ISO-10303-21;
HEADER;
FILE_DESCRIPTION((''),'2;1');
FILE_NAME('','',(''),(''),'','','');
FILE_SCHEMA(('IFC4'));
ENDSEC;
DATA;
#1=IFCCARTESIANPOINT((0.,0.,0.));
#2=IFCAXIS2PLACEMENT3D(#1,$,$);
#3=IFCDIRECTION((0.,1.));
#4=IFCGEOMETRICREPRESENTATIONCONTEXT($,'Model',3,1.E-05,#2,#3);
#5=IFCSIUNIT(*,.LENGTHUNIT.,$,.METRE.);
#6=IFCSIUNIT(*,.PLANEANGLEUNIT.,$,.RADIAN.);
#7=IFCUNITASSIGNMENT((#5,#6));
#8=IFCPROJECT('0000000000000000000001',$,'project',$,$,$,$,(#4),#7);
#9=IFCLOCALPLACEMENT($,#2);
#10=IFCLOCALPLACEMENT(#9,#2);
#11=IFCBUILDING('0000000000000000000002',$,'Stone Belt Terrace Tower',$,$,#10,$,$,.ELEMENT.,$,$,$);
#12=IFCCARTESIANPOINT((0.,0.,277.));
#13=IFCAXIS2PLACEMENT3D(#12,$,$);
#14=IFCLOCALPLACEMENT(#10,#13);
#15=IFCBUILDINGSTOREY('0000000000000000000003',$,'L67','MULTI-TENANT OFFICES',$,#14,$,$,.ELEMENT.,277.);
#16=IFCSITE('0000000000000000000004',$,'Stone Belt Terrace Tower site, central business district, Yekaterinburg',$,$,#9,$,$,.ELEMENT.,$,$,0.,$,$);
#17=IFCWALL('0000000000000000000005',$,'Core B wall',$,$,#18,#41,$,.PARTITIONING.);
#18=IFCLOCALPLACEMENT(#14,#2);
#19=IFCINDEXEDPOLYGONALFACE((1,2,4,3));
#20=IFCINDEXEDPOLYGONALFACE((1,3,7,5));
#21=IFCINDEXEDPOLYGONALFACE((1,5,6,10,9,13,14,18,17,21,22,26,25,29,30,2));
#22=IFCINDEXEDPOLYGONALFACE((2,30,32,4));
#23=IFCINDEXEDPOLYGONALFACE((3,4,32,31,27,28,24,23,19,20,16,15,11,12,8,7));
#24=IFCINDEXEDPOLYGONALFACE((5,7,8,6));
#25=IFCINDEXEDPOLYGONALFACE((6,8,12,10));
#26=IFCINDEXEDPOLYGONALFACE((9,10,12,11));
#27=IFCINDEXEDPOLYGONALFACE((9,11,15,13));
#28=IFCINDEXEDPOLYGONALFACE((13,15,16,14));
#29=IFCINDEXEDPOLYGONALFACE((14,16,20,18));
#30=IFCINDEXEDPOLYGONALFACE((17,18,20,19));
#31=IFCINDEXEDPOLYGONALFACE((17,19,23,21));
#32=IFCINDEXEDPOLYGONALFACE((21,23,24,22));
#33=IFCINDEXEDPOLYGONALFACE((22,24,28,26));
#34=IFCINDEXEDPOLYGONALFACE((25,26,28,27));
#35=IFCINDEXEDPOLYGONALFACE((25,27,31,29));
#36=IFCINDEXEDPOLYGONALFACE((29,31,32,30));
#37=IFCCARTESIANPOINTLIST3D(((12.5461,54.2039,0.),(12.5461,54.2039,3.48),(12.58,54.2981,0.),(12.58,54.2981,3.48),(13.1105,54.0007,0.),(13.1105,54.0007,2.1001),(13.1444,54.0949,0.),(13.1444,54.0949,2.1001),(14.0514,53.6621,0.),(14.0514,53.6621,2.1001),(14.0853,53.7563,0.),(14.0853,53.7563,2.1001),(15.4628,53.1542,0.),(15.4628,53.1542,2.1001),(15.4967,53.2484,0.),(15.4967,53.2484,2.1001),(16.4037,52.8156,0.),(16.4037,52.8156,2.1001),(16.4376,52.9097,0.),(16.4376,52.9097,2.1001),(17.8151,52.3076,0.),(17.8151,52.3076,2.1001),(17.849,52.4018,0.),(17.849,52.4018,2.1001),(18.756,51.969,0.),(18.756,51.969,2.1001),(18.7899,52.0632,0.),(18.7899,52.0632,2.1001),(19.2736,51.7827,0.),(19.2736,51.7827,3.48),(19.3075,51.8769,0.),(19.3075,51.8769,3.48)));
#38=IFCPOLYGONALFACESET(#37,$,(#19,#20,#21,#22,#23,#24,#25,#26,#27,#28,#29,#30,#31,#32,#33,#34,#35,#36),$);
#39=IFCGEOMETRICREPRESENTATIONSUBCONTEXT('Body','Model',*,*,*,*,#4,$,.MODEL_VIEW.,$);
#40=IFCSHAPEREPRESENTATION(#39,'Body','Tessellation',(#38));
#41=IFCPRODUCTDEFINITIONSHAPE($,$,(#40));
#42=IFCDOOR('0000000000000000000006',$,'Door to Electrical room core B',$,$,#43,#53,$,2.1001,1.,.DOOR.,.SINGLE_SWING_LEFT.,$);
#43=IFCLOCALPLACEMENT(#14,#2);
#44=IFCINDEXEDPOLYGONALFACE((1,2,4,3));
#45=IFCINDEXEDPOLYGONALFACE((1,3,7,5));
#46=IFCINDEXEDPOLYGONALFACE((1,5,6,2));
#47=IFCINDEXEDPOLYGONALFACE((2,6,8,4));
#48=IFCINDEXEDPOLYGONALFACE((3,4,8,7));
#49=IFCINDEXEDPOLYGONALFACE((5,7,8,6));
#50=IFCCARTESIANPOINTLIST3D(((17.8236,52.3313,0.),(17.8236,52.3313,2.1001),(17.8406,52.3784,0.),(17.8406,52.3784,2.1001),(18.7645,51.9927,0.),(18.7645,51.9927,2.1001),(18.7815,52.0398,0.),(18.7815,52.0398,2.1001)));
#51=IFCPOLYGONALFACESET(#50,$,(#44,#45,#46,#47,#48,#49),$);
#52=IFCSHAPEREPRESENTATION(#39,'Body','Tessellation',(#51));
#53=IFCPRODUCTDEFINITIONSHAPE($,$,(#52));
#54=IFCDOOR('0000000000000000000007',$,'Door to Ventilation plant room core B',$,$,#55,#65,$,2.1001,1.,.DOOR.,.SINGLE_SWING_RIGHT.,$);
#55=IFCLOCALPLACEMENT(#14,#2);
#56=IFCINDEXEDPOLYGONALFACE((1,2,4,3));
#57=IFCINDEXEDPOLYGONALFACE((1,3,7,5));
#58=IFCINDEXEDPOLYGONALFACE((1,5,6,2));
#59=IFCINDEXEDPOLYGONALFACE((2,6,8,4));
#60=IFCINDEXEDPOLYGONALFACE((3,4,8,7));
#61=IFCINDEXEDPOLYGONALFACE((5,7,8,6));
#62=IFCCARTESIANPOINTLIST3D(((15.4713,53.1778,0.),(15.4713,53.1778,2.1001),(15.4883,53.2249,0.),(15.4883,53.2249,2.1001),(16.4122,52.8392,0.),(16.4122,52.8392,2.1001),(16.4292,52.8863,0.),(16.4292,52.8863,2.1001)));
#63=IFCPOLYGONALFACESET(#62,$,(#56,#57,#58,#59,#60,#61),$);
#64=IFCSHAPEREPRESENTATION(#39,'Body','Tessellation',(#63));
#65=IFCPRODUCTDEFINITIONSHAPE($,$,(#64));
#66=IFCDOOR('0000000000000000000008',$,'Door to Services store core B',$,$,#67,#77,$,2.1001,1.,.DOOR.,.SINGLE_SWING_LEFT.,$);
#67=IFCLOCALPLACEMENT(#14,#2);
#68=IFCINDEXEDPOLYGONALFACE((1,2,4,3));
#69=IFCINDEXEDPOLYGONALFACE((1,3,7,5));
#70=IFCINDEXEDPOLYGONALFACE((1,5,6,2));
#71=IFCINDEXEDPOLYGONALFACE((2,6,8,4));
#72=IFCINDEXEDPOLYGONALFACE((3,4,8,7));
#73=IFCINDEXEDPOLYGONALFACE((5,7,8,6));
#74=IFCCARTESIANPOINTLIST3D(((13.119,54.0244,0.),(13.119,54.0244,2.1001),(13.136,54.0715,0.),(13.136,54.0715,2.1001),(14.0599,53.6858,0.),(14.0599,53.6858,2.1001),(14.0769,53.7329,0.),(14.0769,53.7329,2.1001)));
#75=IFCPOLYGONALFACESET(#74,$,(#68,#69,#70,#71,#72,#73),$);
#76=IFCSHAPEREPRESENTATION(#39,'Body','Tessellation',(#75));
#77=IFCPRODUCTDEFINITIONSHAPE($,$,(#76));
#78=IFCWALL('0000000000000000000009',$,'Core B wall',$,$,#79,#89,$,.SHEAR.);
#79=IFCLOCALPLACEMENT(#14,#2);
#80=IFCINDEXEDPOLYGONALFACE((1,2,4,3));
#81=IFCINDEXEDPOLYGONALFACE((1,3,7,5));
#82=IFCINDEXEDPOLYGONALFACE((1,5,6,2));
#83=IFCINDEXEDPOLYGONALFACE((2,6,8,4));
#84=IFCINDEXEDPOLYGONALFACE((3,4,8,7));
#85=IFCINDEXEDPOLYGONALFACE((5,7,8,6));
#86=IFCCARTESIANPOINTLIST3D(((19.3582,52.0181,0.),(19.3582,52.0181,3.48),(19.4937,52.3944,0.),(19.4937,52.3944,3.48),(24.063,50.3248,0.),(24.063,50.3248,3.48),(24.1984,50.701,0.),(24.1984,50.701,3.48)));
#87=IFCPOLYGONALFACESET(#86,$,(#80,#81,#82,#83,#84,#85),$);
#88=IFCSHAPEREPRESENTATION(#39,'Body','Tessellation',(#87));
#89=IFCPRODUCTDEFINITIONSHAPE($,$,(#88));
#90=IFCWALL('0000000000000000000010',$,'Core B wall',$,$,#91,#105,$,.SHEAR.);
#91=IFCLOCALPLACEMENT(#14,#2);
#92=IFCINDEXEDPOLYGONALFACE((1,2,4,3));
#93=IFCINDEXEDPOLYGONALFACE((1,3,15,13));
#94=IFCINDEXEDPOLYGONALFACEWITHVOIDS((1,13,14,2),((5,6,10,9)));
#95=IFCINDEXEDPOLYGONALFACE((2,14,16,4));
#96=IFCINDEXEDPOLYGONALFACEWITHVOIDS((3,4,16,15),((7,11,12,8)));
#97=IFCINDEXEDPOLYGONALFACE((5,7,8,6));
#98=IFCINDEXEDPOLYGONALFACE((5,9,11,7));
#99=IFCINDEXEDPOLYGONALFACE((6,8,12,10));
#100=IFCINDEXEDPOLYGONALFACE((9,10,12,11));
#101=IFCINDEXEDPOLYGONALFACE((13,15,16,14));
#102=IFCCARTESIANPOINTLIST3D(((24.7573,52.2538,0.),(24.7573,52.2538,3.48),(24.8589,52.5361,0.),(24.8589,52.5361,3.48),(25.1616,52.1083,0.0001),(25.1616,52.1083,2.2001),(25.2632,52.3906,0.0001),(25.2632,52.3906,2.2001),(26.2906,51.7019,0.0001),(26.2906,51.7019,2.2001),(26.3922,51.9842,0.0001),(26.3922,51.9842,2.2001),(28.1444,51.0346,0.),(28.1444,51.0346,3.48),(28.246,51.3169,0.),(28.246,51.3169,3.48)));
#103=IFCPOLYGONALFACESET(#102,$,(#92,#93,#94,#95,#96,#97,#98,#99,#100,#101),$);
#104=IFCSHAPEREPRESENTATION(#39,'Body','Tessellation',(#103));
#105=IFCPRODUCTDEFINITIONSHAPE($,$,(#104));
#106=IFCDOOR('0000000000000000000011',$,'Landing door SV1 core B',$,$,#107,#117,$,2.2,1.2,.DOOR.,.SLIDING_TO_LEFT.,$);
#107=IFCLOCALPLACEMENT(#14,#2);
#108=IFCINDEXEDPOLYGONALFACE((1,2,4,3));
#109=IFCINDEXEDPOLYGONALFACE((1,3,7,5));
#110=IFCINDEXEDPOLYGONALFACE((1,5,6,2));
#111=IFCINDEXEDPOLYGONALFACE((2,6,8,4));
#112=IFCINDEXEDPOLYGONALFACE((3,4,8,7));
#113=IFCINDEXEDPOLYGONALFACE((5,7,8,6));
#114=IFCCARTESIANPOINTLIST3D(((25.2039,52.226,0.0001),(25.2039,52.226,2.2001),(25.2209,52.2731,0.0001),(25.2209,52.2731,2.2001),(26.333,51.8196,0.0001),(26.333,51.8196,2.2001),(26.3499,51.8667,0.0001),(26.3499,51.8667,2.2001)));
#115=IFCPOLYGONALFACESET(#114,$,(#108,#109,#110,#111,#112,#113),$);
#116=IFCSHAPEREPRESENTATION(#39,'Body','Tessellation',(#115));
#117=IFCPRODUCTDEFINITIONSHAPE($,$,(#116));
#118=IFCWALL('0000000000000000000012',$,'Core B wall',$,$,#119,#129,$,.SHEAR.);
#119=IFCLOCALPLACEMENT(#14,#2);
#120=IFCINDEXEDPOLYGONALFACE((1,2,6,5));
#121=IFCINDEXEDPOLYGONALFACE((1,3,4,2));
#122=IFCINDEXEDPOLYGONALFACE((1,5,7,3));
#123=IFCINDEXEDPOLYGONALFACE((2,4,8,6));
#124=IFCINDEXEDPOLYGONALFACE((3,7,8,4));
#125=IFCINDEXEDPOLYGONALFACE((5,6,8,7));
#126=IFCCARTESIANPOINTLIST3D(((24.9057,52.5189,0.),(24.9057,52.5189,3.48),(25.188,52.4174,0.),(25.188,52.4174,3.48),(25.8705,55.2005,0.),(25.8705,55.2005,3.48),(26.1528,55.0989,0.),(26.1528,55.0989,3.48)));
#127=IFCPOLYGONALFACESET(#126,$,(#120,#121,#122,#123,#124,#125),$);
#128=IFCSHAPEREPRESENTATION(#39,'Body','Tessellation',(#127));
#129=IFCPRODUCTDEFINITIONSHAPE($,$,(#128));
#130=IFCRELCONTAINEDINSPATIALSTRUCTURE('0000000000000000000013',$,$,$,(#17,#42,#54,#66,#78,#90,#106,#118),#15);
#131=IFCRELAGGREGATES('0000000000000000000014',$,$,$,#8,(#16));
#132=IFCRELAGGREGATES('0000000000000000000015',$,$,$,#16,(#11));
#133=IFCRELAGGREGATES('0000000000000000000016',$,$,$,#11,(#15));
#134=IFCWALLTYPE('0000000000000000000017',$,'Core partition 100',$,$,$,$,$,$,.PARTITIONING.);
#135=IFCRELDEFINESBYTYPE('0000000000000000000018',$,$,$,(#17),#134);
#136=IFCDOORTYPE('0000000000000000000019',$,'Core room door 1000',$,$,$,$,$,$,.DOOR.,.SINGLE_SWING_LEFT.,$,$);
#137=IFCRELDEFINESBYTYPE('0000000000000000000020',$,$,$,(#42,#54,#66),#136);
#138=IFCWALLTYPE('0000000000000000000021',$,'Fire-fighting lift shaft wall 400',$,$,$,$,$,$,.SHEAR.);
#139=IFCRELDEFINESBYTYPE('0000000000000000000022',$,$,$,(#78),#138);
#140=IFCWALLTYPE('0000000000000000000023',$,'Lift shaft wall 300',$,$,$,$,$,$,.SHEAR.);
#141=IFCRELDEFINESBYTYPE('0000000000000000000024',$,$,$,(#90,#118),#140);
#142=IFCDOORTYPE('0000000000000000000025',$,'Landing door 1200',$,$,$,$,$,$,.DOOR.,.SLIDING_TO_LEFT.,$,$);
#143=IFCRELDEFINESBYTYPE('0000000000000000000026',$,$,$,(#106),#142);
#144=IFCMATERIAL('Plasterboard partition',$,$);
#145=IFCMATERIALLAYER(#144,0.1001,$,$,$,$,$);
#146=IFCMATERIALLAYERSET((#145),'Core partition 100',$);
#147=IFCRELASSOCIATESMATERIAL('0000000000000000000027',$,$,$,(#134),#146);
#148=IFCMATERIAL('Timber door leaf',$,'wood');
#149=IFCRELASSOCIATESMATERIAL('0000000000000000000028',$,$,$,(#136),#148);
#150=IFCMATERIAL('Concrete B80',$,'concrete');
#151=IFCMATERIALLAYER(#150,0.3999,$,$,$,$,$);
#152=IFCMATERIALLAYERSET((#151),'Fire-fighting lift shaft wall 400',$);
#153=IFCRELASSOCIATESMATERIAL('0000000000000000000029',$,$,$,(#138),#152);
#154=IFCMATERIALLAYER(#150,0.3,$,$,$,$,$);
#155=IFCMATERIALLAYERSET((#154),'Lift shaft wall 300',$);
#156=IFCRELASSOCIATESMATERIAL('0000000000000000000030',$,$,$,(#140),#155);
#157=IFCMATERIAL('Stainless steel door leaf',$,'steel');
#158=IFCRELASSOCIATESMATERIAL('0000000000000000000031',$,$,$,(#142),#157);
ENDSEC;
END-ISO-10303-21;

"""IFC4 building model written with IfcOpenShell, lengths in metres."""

from ifc_helpers import new_model, si_unit, direction, frame, frame_2d, origin, place, context, subcontext, project, spatial, rectangle, extrude, material, layer, layer_set, type_object, element, fill, save


model = new_model("IFC4")

# Units and contexts
model_context = context("Model", 3, precision=1e-05, world=origin(), true_north=direction((0.0, 1.0)))
body_context = subcontext(model_context, "Body", "Model", "MODEL_VIEW")
ifc_project = project(units=[si_unit("LENGTHUNIT", "METRE"), si_unit("PLANEANGLEUNIT", "RADIAN")], contexts=[model_context])

# Site, building, storey
site_placement = place(None, origin())
site = spatial("IfcSite", under=ifc_project, at=site_placement, Name="Stone Belt Terrace Tower site, central business district, Yekaterinburg", CompositionType="ELEMENT", RefElevation=0.0)
building_placement = place(site_placement, origin())
building = spatial("IfcBuilding", under=site, at=building_placement, Name="Stone Belt Terrace Tower", CompositionType="ELEMENT")
storey_placement = place(building_placement, frame((0.0, 0.0, 277.0)))
storey = spatial("IfcBuildingStorey", under=building, at=storey_placement, Name="L67", Description="MULTI-TENANT OFFICES", CompositionType="ELEMENT", Elevation=277.0)

# Shared definitions
ifc_material_1 = material(Name="Plasterboard partition")
ifc_layer_1 = layer(ifc_material_1, 0.1001)
ifc_layer_set_1 = layer_set([ifc_layer_1], Name="Core partition 100")
wall_type_1 = type_object("IfcWallType", Name="Core partition 100", PredefinedType="PARTITIONING", material=ifc_layer_set_1)
ifc_material_2 = material(Name="Timber door leaf", Category="wood")
door_type_1 = type_object("IfcDoorType", Name="Core room door 1000", OperationType="SINGLE_SWING_LEFT", PredefinedType="DOOR", material=ifc_material_2)

# Wall, openings, doors
wall_1_placement = place(storey_placement, frame((19.2905, 51.8298, 0.0), z_axis=(0.0, 0.0, 1.0), x_axis=(-0.940922, 0.338624, 0.0)))
wall_1 = element("IfcWall", 1, at=wall_1_placement, inside=storey, type_object=wall_type_1, Name="Core B wall", PredefinedType="PARTITIONING", context=body_context, shape_type="SweptSolid", body=[
    extrude(rectangle(XDim=7.1499, YDim=0.1001, at=frame_2d((3.575, 0.0))), origin(), (0.0, 0.0, 1.0), 3.48),
])
opening_1_placement = place(wall_1_placement, frame((0.55, 0.0, 0.0)))
opening_1 = element("IfcOpeningElement", 2, at=opening_1_placement, cuts=wall_1, PredefinedType="OPENING", context=body_context, shape_type="SweptSolid", body=[
    extrude(rectangle(XDim=1.0, YDim=2.1001, at=frame_2d((0.5, 1.05))), frame((0.0, 0.0601, 0.0), z_axis=(0.0, -1.0, 0.0), x_axis=(1.0, 0.0, 0.0)), (0.0, 0.0, 1.0), 0.1201),
])
opening_2_placement = place(wall_1_placement, frame((3.05, 0.0, 0.0)))
opening_2 = element("IfcOpeningElement", 3, at=opening_2_placement, cuts=wall_1, PredefinedType="OPENING", context=body_context, shape_type="SweptSolid", body=[
    extrude(rectangle(XDim=1.0, YDim=2.1001, at=frame_2d((0.5, 1.05))), frame((0.0, 0.0601, 0.0), z_axis=(0.0, -1.0, 0.0), x_axis=(1.0, 0.0, 0.0)), (0.0, 0.0, 1.0), 0.1201),
])
opening_3_placement = place(wall_1_placement, frame((5.55, 0.0, 0.0)))
opening_3 = element("IfcOpeningElement", 4, at=opening_3_placement, cuts=wall_1, PredefinedType="OPENING", context=body_context, shape_type="SweptSolid", body=[
    extrude(rectangle(XDim=1.0, YDim=2.1001, at=frame_2d((0.5, 1.05))), frame((0.0, 0.0601, 0.0), z_axis=(0.0, -1.0, 0.0), x_axis=(1.0, 0.0, 0.0)), (0.0, 0.0, 1.0), 0.1201),
])
door_1_placement = place(opening_1_placement, origin())
door_1 = element("IfcDoor", 5, at=door_1_placement, inside=storey, type_object=door_type_1, Name="Door to Electrical room core B", OperationType="SINGLE_SWING_LEFT", OverallHeight=2.1001, OverallWidth=1.0, PredefinedType="DOOR", context=body_context, shape_type="SweptSolid", body=[
    extrude(rectangle(XDim=1.0, YDim=2.1001, at=frame_2d((0.5, 1.05))), frame((0.0, 0.0249, 0.0), z_axis=(0.0, -1.0, 0.0), x_axis=(1.0, 0.0, 0.0)), (0.0, 0.0, 1.0), 0.05),
])
fill(opening_1, door_1)
door_2_placement = place(opening_2_placement, origin())
door_2 = element("IfcDoor", 6, at=door_2_placement, inside=storey, type_object=door_type_1, Name="Door to Ventilation plant room core B", OperationType="SINGLE_SWING_RIGHT", OverallHeight=2.1001, OverallWidth=1.0, PredefinedType="DOOR", context=body_context, shape_type="SweptSolid", body=[
    extrude(rectangle(XDim=1.0, YDim=2.1001, at=frame_2d((0.5, 1.05))), frame((0.0, 0.0249, 0.0), z_axis=(0.0, -1.0, 0.0), x_axis=(1.0, 0.0, 0.0)), (0.0, 0.0, 1.0), 0.05),
])
fill(opening_2, door_2)
door_3_placement = place(opening_3_placement, origin())
door_3 = element("IfcDoor", 7, at=door_3_placement, inside=storey, type_object=door_type_1, Name="Door to Services store core B", OperationType="SINGLE_SWING_LEFT", OverallHeight=2.1001, OverallWidth=1.0, PredefinedType="DOOR", context=body_context, shape_type="SweptSolid", body=[
    extrude(rectangle(XDim=1.0, YDim=2.1001, at=frame_2d((0.5, 1.05))), frame((0.0, 0.0249, 0.0), z_axis=(0.0, -1.0, 0.0), x_axis=(1.0, 0.0, 0.0)), (0.0, 0.0, 1.0), 0.05),
])
fill(opening_3, door_3)

# Wall
ifc_material_3 = material(Name="Concrete B80", Category="concrete")
ifc_layer_2 = layer(ifc_material_3, 0.3999)
ifc_layer_set_2 = layer_set([ifc_layer_2], Name="Fire-fighting lift shaft wall 400")
wall_type_2 = type_object("IfcWallType", Name="Fire-fighting lift shaft wall 400", PredefinedType="SHEAR", material=ifc_layer_set_2)
wall_2_placement = place(storey_placement, frame((24.1306, 50.5129, 0.0), z_axis=(0.0, 0.0, 1.0), x_axis=(-0.940912, 0.338652, 0.0)))
element("IfcWall", 8, at=wall_2_placement, inside=storey, type_object=wall_type_2, Name="Core B wall", PredefinedType="SHEAR", context=body_context, shape_type="SweptSolid", body=[
    extrude(rectangle(XDim=5.0002, YDim=0.3999, at=frame_2d((2.5, 0.0))), origin(), (0.0, 0.0, 1.0), 3.48),
])

# Wall, opening, door
ifc_layer_3 = layer(ifc_material_3, 0.3)
ifc_layer_set_3 = layer_set([ifc_layer_3], Name="Lift shaft wall 300")
wall_type_3 = type_object("IfcWallType", Name="Lift shaft wall 300", PredefinedType="SHEAR", material=ifc_layer_set_3)
wall_3_placement = place(storey_placement, frame((28.1951, 51.1758, 0.0), z_axis=(0.0, 0.0, 1.0), x_axis=(-0.940901, 0.338681, 0.0)))
wall_3 = element("IfcWall", 9, at=wall_3_placement, inside=storey, type_object=wall_type_3, Name="Core B wall", PredefinedType="SHEAR", context=body_context, shape_type="SweptSolid", body=[
    extrude(rectangle(XDim=3.5999, YDim=0.3, at=frame_2d((1.7998, 0.0))), origin(), (0.0, 0.0, 1.0), 3.48),
])
opening_4_placement = place(wall_3_placement, frame((1.97, 0.0, 0.0)))
opening_4 = element("IfcOpeningElement", 10, at=opening_4_placement, cuts=wall_3, PredefinedType="OPENING", context=body_context, shape_type="SweptSolid", body=[
    extrude(rectangle(XDim=1.2, YDim=2.2, at=frame_2d((0.6001, 1.1001))), frame((0.0, 0.1599, 0.0), z_axis=(0.0, -1.0, 0.0), x_axis=(1.0, 0.0, 0.0)), (0.0, 0.0, 1.0), 0.3201),
])
ifc_material_4 = material(Name="Stainless steel door leaf", Category="steel")
door_type_2 = type_object("IfcDoorType", Name="Landing door 1200", OperationType="SLIDING_TO_LEFT", PredefinedType="DOOR", material=ifc_material_4)
door_4_placement = place(opening_4_placement, origin())
door_4 = element("IfcDoor", 11, at=door_4_placement, inside=storey, type_object=door_type_2, Name="Landing door SV1 core B", OperationType="SLIDING_TO_LEFT", OverallHeight=2.2, OverallWidth=1.2, PredefinedType="DOOR", context=body_context, shape_type="SweptSolid", body=[
    extrude(rectangle(XDim=1.2, YDim=2.2, at=frame_2d((0.6001, 1.1001))), frame((0.0, 0.0249, 0.0), z_axis=(0.0, -1.0, 0.0), x_axis=(1.0, 0.0, 0.0)), (0.0, 0.0, 1.0), 0.05),
])
fill(opening_4, door_4)

# Wall
wall_4_placement = place(storey_placement, frame((25.0469, 52.4683, 0.0), z_axis=(0.0, 0.0, 1.0), x_axis=(0.33855, 0.940949, 0.0)))
element("IfcWall", 12, at=wall_4_placement, inside=storey, type_object=wall_type_3, Name="Core B wall", PredefinedType="SHEAR", context=body_context, shape_type="SweptSolid", body=[
    extrude(rectangle(XDim=2.8499, YDim=0.3, at=frame_2d((1.4248, 0.0))), origin(), (0.0, 0.0, 1.0), 3.48),
])

save(model, "model.ifc")
